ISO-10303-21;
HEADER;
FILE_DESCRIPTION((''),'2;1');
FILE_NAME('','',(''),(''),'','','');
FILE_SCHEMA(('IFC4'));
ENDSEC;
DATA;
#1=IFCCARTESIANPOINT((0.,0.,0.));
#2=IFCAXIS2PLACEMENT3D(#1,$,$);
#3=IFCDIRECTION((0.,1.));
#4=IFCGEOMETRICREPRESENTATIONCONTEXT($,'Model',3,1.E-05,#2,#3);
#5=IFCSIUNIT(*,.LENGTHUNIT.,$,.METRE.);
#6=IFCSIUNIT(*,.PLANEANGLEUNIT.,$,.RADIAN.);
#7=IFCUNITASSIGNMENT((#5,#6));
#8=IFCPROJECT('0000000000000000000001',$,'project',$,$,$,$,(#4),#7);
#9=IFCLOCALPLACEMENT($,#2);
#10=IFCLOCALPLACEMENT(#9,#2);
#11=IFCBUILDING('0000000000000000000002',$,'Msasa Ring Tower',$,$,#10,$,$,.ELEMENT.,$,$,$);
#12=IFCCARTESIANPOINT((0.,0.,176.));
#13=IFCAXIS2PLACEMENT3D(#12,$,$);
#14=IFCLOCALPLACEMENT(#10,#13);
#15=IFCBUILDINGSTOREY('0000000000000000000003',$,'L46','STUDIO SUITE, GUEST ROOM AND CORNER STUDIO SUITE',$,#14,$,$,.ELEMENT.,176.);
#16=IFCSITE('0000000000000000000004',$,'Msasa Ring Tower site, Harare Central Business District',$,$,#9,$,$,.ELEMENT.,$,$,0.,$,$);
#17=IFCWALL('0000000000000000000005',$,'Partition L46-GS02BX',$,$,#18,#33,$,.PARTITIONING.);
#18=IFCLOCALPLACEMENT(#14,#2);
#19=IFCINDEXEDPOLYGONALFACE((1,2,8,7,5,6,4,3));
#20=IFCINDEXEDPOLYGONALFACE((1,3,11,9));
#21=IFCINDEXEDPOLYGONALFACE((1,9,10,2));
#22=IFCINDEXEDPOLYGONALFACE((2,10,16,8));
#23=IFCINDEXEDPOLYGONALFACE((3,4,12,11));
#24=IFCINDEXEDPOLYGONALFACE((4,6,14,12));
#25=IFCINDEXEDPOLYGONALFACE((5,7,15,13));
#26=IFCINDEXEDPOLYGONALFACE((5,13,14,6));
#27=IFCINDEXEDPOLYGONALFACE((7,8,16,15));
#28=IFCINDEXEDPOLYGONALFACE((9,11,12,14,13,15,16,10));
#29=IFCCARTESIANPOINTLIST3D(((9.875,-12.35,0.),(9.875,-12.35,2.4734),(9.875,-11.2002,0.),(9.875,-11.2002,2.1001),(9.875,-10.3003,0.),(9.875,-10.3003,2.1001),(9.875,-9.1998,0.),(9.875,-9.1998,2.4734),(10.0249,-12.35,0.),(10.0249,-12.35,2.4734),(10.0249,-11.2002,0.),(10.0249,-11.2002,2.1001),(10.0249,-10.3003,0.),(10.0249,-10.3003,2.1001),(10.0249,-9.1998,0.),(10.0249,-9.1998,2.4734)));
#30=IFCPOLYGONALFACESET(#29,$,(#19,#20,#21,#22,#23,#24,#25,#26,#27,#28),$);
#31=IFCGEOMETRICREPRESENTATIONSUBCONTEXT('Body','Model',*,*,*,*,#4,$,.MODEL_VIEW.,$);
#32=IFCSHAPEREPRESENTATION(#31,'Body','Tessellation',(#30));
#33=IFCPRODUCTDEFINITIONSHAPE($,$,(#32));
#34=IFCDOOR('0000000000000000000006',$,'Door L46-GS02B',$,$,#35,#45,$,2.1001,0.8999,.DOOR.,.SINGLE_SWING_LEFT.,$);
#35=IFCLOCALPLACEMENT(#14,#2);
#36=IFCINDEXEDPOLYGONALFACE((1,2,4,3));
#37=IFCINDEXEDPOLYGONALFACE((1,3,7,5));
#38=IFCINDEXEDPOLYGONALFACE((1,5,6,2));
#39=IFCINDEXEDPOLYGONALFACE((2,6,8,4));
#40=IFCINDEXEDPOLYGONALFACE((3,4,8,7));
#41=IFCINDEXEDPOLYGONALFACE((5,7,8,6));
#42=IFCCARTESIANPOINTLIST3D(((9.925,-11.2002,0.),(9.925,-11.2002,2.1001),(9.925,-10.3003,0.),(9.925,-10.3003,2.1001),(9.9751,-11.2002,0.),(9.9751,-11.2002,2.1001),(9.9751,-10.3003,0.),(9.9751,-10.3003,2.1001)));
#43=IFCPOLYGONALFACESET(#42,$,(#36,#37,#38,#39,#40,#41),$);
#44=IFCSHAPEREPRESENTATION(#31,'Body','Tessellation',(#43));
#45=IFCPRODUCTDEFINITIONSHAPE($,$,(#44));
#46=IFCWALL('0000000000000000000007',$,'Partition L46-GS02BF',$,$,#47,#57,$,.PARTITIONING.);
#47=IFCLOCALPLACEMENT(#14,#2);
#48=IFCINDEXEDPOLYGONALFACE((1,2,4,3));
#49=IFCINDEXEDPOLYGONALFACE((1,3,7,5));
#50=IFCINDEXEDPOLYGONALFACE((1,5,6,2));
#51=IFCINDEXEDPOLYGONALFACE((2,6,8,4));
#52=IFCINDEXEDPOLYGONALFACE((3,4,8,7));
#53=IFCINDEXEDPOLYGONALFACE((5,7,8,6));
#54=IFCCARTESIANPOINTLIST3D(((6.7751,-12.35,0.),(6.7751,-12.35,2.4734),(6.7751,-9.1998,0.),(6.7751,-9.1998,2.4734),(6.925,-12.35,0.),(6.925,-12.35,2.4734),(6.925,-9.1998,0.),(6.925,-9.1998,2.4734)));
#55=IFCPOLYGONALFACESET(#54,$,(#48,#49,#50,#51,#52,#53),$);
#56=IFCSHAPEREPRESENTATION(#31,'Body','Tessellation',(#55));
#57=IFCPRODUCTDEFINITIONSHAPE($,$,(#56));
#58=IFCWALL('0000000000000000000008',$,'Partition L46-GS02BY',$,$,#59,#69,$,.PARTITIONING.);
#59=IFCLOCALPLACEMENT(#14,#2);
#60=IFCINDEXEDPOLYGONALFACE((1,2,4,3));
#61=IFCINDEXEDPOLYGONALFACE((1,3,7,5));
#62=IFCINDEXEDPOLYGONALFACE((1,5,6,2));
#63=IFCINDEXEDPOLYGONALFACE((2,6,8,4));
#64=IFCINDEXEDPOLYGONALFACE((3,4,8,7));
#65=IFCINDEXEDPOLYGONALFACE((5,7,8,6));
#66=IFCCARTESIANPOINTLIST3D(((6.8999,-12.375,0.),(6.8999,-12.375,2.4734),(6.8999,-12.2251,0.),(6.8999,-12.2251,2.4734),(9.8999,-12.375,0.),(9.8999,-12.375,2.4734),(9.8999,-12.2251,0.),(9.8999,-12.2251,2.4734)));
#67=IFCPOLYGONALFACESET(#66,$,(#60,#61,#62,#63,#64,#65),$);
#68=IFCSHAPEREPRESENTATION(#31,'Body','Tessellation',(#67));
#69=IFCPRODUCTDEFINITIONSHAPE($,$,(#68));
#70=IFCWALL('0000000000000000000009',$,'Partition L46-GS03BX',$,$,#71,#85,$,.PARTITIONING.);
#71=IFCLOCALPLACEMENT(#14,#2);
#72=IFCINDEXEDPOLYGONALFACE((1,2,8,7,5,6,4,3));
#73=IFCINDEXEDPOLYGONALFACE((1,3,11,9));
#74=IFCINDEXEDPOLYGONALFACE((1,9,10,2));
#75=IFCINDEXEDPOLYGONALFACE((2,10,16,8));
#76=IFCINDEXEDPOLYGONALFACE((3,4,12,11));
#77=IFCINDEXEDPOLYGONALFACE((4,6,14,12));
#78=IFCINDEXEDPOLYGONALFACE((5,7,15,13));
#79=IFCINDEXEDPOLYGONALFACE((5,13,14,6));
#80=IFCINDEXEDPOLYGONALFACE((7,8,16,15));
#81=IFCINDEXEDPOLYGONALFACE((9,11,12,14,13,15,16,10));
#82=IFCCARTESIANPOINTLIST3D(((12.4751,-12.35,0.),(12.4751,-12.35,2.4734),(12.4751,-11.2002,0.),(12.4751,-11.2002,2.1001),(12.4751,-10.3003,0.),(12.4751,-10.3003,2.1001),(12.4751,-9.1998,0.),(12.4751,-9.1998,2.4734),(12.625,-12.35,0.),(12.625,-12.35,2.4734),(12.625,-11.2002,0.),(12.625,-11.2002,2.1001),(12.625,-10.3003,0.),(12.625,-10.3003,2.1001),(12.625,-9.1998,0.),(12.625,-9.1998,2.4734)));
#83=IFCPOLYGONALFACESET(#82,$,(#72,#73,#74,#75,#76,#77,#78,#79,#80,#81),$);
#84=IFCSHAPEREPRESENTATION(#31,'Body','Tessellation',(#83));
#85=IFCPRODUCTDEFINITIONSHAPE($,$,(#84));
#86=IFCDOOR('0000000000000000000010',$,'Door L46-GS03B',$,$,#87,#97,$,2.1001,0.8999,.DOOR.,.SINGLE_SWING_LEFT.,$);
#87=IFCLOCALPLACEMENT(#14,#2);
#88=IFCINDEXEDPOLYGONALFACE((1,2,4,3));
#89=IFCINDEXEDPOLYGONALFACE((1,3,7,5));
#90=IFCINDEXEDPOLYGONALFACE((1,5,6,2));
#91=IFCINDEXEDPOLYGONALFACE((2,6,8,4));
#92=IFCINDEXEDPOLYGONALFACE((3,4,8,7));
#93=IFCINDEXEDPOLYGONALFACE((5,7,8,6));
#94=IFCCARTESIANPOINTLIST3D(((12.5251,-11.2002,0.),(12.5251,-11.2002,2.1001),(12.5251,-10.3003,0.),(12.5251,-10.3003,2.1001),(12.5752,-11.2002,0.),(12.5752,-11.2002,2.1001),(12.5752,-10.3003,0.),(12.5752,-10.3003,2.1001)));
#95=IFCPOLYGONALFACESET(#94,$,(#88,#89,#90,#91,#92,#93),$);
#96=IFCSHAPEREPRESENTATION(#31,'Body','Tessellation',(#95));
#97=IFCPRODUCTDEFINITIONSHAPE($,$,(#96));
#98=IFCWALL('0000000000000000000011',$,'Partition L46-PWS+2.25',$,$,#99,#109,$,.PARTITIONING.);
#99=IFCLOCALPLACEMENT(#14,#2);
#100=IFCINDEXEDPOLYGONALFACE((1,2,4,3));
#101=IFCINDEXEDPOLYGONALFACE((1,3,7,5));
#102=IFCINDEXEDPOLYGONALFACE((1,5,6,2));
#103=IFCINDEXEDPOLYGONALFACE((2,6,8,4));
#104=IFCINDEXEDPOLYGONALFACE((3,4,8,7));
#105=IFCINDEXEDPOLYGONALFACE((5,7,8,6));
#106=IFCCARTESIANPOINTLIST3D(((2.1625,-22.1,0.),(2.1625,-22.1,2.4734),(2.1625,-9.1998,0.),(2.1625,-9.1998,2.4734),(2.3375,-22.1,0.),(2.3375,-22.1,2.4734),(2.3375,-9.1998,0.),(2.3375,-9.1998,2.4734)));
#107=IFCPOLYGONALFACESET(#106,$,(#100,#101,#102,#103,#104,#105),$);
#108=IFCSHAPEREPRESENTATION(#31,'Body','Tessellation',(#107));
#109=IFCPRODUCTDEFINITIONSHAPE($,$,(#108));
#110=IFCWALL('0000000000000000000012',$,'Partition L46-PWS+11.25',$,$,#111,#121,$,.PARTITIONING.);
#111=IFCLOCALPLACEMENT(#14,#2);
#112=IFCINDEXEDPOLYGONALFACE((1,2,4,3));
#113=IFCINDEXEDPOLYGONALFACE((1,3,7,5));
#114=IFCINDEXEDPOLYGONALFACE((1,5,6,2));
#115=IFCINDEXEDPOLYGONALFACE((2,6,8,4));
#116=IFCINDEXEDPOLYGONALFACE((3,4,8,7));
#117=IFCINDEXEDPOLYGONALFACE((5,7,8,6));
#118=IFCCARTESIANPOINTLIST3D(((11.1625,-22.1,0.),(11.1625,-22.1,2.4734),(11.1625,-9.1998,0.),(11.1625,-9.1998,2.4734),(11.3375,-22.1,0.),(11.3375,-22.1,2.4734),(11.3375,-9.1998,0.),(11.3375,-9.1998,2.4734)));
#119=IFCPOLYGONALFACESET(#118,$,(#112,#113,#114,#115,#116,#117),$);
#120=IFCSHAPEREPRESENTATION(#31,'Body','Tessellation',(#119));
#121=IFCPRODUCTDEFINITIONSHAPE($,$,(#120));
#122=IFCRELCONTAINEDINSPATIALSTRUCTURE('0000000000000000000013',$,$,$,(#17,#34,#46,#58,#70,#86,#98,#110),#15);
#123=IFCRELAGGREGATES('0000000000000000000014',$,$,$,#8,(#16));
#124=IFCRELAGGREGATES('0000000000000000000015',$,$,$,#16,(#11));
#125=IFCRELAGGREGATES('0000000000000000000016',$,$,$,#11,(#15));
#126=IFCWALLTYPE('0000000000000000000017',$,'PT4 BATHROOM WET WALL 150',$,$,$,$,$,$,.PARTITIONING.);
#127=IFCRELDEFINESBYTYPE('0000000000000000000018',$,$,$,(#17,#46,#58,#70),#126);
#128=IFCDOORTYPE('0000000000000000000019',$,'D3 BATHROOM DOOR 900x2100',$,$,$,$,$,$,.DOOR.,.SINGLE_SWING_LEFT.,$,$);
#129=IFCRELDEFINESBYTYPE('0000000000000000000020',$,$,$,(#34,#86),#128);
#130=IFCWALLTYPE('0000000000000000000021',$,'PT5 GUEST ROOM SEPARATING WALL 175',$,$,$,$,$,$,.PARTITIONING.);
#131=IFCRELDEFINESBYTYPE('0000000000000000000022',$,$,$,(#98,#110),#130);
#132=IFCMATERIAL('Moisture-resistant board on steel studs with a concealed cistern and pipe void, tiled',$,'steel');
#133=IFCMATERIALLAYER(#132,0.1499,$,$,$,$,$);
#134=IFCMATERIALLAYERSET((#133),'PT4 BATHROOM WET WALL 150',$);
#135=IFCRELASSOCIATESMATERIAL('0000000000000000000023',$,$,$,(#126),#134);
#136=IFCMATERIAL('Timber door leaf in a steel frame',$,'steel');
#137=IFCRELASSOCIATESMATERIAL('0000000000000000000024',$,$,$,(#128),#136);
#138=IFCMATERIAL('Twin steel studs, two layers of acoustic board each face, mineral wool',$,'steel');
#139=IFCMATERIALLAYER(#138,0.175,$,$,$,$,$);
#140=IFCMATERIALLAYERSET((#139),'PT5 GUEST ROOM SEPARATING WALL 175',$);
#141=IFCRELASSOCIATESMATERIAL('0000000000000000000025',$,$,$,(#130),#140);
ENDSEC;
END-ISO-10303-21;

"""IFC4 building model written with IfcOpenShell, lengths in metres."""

from ifc_helpers import new_model, si_unit, direction, frame, frame_2d, origin, place, context, subcontext, project, spatial, rectangle, extrude, material, layer, layer_set, type_object, element, fill, save


model = new_model("IFC4")

# Units and contexts
model_context = context("Model", 3, precision=1e-05, world=origin(), true_north=direction((0.0, 1.0)))
body_context = subcontext(model_context, "Body", "Model", "MODEL_VIEW")
ifc_project = project(units=[si_unit("LENGTHUNIT", "METRE"), si_unit("PLANEANGLEUNIT", "RADIAN")], contexts=[model_context])

# Site, building, storey
site_placement = place(None, origin())
site = spatial("IfcSite", under=ifc_project, at=site_placement, Name="Msasa Ring Tower site, Harare Central Business District", CompositionType="ELEMENT", RefElevation=0.0)
building_placement = place(site_placement, origin())
building = spatial("IfcBuilding", under=site, at=building_placement, Name="Msasa Ring Tower", CompositionType="ELEMENT")
storey_placement = place(building_placement, frame((0.0, 0.0, 176.0)))
storey = spatial("IfcBuildingStorey", under=building, at=storey_placement, Name="L46", Description="STUDIO SUITE, GUEST ROOM AND CORNER STUDIO SUITE", CompositionType="ELEMENT", Elevation=176.0)

# Wall, opening, door
ifc_material_1 = material(Name="Moisture-resistant board on steel studs with a concealed cistern and pipe void, tiled", Category="steel")
ifc_layer_1 = layer(ifc_material_1, 0.1499)
ifc_layer_set_1 = layer_set([ifc_layer_1], Name="PT4 BATHROOM WET WALL 150")
wall_type_1 = type_object("IfcWallType", Name="PT4 BATHROOM WET WALL 150", PredefinedType="PARTITIONING", material=ifc_layer_set_1)
wall_1_placement = place(storey_placement, frame((9.95, -12.3501, 0.0), z_axis=(0.0, 0.0, 1.0), x_axis=(0.0, 1.0, 0.0)))
wall_1 = element("IfcWall", 1, at=wall_1_placement, inside=storey, type_object=wall_type_1, Name="Partition L46-GS02BX", PredefinedType="PARTITIONING", context=body_context, shape_type="SweptSolid", body=[
    extrude(rectangle(XDim=3.1501, YDim=0.1499, at=frame_2d((1.5752, 0.0))), origin(), (0.0, 0.0, 1.0), 2.4734),
])
opening_1_placement = place(wall_1_placement, frame((1.1499, 0.0, 0.0)))
opening_1 = element("IfcOpeningElement", 2, at=opening_1_placement, cuts=wall_1, PredefinedType="OPENING", context=body_context, shape_type="SweptSolid", body=[
    extrude(rectangle(XDim=0.8999, YDim=2.1001, at=frame_2d((0.45, 1.05))), frame((0.0, 0.085, 0.0), z_axis=(0.0, -1.0, 0.0), x_axis=(1.0, 0.0, 0.0)), (0.0, 0.0, 1.0), 0.1699),
])
ifc_material_2 = material(Name="Timber door leaf in a steel frame", Category="steel")
door_type = type_object("IfcDoorType", Name="D3 BATHROOM DOOR 900x2100", OperationType="SINGLE_SWING_LEFT", PredefinedType="DOOR", material=ifc_material_2)
door_1_placement = place(opening_1_placement, origin())
door_1 = element("IfcDoor", 3, at=door_1_placement, inside=storey, type_object=door_type, Name="Door L46-GS02B", OperationType="SINGLE_SWING_LEFT", OverallHeight=2.1001, OverallWidth=0.8999, PredefinedType="DOOR", context=body_context, shape_type="SweptSolid", body=[
    extrude(rectangle(XDim=0.8999, YDim=2.1001, at=frame_2d((0.45, 1.05))), frame((0.0, 0.0249, 0.0), z_axis=(0.0, -1.0, 0.0), x_axis=(1.0, 0.0, 0.0)), (0.0, 0.0, 1.0), 0.05),
])
fill(opening_1, door_1)

# Walls
wall_2_placement = place(storey_placement, frame((6.8501, -12.3501, 0.0), z_axis=(0.0, 0.0, 1.0), x_axis=(0.0, 1.0, 0.0)))
element("IfcWall", 4, at=wall_2_placement, inside=storey, type_object=wall_type_1, Name="Partition L46-GS02BF", PredefinedType="PARTITIONING", context=body_context, shape_type="SweptSolid", body=[
    extrude(rectangle(XDim=3.1501, YDim=0.1499, at=frame_2d((1.5752, 0.0))), origin(), (0.0, 0.0, 1.0), 2.4734),
])
wall_3_placement = place(storey_placement, frame((6.8999, -12.3, 0.0), z_axis=(0.0, 0.0, 1.0), x_axis=(1.0, 0.0, 0.0)))
element("IfcWall", 5, at=wall_3_placement, inside=storey, type_object=wall_type_1, Name="Partition L46-GS02BY", PredefinedType="PARTITIONING", context=body_context, shape_type="SweptSolid", body=[
    extrude(rectangle(XDim=3.0, YDim=0.1499, at=frame_2d((1.5, 0.0))), origin(), (0.0, 0.0, 1.0), 2.4734),
])

# Wall, opening, door
wall_4_placement = place(storey_placement, frame((12.55, -12.3501, 0.0), z_axis=(0.0, 0.0, 1.0), x_axis=(0.0, 1.0, 0.0)))
wall_4 = element("IfcWall", 6, at=wall_4_placement, inside=storey, type_object=wall_type_1, Name="Partition L46-GS03BX", PredefinedType="PARTITIONING", context=body_context, shape_type="SweptSolid", body=[
    extrude(rectangle(XDim=3.1501, YDim=0.1499, at=frame_2d((1.5752, 0.0))), origin(), (0.0, 0.0, 1.0), 2.4734),
])
opening_2_placement = place(wall_4_placement, frame((1.1499, 0.0, 0.0)))
opening_2 = element("IfcOpeningElement", 7, at=opening_2_placement, cuts=wall_4, PredefinedType="OPENING", context=body_context, shape_type="SweptSolid", body=[
    extrude(rectangle(XDim=0.8999, YDim=2.1001, at=frame_2d((0.45, 1.05))), frame((0.0, 0.085, 0.0), z_axis=(0.0, -1.0, 0.0), x_axis=(1.0, 0.0, 0.0)), (0.0, 0.0, 1.0), 0.1699),
])
door_2_placement = place(opening_2_placement, origin())
door_2 = element("IfcDoor", 8, at=door_2_placement, inside=storey, type_object=door_type, Name="Door L46-GS03B", OperationType="SINGLE_SWING_LEFT", OverallHeight=2.1001, OverallWidth=0.8999, PredefinedType="DOOR", context=body_context, shape_type="SweptSolid", body=[
    extrude(rectangle(XDim=0.8999, YDim=2.1001, at=frame_2d((0.45, 1.05))), frame((0.0, 0.0249, 0.0), z_axis=(0.0, -1.0, 0.0), x_axis=(1.0, 0.0, 0.0)), (0.0, 0.0, 1.0), 0.05),
])
fill(opening_2, door_2)

# Walls
ifc_material_3 = material(Name="Twin steel studs, two layers of acoustic board each face, mineral wool", Category="steel")
ifc_layer_2 = layer(ifc_material_3, 0.175)
ifc_layer_set_2 = layer_set([ifc_layer_2], Name="PT5 GUEST ROOM SEPARATING WALL 175")
wall_type_2 = type_object("IfcWallType", Name="PT5 GUEST ROOM SEPARATING WALL 175", PredefinedType="PARTITIONING", material=ifc_layer_set_2)
for number, where, z_axis, x_axis, name in (
    (9, (2.25, -22.1001, 0.0), (0.0, 0.0, 1.0), (0.0, 1.0, 0.0), "Partition L46-PWS+2.25"),
    (10, (11.25, -22.1001, 0.0), (0.0, 0.0, 1.0), (0.0, 1.0, 0.0), "Partition L46-PWS+11.25"),
):
    element("IfcWall", number, at=place(storey_placement, frame(where, z_axis=z_axis, x_axis=x_axis)), inside=storey, type_object=wall_type_2, Name=name, PredefinedType="PARTITIONING", context=body_context, shape_type="SweptSolid", body=[
        extrude(rectangle(XDim=12.9001, YDim=0.175, at=frame_2d((6.4502, 0.0))), origin(), (0.0, 0.0, 1.0), 2.4734),
    ])

save(model, "model.ifc")
